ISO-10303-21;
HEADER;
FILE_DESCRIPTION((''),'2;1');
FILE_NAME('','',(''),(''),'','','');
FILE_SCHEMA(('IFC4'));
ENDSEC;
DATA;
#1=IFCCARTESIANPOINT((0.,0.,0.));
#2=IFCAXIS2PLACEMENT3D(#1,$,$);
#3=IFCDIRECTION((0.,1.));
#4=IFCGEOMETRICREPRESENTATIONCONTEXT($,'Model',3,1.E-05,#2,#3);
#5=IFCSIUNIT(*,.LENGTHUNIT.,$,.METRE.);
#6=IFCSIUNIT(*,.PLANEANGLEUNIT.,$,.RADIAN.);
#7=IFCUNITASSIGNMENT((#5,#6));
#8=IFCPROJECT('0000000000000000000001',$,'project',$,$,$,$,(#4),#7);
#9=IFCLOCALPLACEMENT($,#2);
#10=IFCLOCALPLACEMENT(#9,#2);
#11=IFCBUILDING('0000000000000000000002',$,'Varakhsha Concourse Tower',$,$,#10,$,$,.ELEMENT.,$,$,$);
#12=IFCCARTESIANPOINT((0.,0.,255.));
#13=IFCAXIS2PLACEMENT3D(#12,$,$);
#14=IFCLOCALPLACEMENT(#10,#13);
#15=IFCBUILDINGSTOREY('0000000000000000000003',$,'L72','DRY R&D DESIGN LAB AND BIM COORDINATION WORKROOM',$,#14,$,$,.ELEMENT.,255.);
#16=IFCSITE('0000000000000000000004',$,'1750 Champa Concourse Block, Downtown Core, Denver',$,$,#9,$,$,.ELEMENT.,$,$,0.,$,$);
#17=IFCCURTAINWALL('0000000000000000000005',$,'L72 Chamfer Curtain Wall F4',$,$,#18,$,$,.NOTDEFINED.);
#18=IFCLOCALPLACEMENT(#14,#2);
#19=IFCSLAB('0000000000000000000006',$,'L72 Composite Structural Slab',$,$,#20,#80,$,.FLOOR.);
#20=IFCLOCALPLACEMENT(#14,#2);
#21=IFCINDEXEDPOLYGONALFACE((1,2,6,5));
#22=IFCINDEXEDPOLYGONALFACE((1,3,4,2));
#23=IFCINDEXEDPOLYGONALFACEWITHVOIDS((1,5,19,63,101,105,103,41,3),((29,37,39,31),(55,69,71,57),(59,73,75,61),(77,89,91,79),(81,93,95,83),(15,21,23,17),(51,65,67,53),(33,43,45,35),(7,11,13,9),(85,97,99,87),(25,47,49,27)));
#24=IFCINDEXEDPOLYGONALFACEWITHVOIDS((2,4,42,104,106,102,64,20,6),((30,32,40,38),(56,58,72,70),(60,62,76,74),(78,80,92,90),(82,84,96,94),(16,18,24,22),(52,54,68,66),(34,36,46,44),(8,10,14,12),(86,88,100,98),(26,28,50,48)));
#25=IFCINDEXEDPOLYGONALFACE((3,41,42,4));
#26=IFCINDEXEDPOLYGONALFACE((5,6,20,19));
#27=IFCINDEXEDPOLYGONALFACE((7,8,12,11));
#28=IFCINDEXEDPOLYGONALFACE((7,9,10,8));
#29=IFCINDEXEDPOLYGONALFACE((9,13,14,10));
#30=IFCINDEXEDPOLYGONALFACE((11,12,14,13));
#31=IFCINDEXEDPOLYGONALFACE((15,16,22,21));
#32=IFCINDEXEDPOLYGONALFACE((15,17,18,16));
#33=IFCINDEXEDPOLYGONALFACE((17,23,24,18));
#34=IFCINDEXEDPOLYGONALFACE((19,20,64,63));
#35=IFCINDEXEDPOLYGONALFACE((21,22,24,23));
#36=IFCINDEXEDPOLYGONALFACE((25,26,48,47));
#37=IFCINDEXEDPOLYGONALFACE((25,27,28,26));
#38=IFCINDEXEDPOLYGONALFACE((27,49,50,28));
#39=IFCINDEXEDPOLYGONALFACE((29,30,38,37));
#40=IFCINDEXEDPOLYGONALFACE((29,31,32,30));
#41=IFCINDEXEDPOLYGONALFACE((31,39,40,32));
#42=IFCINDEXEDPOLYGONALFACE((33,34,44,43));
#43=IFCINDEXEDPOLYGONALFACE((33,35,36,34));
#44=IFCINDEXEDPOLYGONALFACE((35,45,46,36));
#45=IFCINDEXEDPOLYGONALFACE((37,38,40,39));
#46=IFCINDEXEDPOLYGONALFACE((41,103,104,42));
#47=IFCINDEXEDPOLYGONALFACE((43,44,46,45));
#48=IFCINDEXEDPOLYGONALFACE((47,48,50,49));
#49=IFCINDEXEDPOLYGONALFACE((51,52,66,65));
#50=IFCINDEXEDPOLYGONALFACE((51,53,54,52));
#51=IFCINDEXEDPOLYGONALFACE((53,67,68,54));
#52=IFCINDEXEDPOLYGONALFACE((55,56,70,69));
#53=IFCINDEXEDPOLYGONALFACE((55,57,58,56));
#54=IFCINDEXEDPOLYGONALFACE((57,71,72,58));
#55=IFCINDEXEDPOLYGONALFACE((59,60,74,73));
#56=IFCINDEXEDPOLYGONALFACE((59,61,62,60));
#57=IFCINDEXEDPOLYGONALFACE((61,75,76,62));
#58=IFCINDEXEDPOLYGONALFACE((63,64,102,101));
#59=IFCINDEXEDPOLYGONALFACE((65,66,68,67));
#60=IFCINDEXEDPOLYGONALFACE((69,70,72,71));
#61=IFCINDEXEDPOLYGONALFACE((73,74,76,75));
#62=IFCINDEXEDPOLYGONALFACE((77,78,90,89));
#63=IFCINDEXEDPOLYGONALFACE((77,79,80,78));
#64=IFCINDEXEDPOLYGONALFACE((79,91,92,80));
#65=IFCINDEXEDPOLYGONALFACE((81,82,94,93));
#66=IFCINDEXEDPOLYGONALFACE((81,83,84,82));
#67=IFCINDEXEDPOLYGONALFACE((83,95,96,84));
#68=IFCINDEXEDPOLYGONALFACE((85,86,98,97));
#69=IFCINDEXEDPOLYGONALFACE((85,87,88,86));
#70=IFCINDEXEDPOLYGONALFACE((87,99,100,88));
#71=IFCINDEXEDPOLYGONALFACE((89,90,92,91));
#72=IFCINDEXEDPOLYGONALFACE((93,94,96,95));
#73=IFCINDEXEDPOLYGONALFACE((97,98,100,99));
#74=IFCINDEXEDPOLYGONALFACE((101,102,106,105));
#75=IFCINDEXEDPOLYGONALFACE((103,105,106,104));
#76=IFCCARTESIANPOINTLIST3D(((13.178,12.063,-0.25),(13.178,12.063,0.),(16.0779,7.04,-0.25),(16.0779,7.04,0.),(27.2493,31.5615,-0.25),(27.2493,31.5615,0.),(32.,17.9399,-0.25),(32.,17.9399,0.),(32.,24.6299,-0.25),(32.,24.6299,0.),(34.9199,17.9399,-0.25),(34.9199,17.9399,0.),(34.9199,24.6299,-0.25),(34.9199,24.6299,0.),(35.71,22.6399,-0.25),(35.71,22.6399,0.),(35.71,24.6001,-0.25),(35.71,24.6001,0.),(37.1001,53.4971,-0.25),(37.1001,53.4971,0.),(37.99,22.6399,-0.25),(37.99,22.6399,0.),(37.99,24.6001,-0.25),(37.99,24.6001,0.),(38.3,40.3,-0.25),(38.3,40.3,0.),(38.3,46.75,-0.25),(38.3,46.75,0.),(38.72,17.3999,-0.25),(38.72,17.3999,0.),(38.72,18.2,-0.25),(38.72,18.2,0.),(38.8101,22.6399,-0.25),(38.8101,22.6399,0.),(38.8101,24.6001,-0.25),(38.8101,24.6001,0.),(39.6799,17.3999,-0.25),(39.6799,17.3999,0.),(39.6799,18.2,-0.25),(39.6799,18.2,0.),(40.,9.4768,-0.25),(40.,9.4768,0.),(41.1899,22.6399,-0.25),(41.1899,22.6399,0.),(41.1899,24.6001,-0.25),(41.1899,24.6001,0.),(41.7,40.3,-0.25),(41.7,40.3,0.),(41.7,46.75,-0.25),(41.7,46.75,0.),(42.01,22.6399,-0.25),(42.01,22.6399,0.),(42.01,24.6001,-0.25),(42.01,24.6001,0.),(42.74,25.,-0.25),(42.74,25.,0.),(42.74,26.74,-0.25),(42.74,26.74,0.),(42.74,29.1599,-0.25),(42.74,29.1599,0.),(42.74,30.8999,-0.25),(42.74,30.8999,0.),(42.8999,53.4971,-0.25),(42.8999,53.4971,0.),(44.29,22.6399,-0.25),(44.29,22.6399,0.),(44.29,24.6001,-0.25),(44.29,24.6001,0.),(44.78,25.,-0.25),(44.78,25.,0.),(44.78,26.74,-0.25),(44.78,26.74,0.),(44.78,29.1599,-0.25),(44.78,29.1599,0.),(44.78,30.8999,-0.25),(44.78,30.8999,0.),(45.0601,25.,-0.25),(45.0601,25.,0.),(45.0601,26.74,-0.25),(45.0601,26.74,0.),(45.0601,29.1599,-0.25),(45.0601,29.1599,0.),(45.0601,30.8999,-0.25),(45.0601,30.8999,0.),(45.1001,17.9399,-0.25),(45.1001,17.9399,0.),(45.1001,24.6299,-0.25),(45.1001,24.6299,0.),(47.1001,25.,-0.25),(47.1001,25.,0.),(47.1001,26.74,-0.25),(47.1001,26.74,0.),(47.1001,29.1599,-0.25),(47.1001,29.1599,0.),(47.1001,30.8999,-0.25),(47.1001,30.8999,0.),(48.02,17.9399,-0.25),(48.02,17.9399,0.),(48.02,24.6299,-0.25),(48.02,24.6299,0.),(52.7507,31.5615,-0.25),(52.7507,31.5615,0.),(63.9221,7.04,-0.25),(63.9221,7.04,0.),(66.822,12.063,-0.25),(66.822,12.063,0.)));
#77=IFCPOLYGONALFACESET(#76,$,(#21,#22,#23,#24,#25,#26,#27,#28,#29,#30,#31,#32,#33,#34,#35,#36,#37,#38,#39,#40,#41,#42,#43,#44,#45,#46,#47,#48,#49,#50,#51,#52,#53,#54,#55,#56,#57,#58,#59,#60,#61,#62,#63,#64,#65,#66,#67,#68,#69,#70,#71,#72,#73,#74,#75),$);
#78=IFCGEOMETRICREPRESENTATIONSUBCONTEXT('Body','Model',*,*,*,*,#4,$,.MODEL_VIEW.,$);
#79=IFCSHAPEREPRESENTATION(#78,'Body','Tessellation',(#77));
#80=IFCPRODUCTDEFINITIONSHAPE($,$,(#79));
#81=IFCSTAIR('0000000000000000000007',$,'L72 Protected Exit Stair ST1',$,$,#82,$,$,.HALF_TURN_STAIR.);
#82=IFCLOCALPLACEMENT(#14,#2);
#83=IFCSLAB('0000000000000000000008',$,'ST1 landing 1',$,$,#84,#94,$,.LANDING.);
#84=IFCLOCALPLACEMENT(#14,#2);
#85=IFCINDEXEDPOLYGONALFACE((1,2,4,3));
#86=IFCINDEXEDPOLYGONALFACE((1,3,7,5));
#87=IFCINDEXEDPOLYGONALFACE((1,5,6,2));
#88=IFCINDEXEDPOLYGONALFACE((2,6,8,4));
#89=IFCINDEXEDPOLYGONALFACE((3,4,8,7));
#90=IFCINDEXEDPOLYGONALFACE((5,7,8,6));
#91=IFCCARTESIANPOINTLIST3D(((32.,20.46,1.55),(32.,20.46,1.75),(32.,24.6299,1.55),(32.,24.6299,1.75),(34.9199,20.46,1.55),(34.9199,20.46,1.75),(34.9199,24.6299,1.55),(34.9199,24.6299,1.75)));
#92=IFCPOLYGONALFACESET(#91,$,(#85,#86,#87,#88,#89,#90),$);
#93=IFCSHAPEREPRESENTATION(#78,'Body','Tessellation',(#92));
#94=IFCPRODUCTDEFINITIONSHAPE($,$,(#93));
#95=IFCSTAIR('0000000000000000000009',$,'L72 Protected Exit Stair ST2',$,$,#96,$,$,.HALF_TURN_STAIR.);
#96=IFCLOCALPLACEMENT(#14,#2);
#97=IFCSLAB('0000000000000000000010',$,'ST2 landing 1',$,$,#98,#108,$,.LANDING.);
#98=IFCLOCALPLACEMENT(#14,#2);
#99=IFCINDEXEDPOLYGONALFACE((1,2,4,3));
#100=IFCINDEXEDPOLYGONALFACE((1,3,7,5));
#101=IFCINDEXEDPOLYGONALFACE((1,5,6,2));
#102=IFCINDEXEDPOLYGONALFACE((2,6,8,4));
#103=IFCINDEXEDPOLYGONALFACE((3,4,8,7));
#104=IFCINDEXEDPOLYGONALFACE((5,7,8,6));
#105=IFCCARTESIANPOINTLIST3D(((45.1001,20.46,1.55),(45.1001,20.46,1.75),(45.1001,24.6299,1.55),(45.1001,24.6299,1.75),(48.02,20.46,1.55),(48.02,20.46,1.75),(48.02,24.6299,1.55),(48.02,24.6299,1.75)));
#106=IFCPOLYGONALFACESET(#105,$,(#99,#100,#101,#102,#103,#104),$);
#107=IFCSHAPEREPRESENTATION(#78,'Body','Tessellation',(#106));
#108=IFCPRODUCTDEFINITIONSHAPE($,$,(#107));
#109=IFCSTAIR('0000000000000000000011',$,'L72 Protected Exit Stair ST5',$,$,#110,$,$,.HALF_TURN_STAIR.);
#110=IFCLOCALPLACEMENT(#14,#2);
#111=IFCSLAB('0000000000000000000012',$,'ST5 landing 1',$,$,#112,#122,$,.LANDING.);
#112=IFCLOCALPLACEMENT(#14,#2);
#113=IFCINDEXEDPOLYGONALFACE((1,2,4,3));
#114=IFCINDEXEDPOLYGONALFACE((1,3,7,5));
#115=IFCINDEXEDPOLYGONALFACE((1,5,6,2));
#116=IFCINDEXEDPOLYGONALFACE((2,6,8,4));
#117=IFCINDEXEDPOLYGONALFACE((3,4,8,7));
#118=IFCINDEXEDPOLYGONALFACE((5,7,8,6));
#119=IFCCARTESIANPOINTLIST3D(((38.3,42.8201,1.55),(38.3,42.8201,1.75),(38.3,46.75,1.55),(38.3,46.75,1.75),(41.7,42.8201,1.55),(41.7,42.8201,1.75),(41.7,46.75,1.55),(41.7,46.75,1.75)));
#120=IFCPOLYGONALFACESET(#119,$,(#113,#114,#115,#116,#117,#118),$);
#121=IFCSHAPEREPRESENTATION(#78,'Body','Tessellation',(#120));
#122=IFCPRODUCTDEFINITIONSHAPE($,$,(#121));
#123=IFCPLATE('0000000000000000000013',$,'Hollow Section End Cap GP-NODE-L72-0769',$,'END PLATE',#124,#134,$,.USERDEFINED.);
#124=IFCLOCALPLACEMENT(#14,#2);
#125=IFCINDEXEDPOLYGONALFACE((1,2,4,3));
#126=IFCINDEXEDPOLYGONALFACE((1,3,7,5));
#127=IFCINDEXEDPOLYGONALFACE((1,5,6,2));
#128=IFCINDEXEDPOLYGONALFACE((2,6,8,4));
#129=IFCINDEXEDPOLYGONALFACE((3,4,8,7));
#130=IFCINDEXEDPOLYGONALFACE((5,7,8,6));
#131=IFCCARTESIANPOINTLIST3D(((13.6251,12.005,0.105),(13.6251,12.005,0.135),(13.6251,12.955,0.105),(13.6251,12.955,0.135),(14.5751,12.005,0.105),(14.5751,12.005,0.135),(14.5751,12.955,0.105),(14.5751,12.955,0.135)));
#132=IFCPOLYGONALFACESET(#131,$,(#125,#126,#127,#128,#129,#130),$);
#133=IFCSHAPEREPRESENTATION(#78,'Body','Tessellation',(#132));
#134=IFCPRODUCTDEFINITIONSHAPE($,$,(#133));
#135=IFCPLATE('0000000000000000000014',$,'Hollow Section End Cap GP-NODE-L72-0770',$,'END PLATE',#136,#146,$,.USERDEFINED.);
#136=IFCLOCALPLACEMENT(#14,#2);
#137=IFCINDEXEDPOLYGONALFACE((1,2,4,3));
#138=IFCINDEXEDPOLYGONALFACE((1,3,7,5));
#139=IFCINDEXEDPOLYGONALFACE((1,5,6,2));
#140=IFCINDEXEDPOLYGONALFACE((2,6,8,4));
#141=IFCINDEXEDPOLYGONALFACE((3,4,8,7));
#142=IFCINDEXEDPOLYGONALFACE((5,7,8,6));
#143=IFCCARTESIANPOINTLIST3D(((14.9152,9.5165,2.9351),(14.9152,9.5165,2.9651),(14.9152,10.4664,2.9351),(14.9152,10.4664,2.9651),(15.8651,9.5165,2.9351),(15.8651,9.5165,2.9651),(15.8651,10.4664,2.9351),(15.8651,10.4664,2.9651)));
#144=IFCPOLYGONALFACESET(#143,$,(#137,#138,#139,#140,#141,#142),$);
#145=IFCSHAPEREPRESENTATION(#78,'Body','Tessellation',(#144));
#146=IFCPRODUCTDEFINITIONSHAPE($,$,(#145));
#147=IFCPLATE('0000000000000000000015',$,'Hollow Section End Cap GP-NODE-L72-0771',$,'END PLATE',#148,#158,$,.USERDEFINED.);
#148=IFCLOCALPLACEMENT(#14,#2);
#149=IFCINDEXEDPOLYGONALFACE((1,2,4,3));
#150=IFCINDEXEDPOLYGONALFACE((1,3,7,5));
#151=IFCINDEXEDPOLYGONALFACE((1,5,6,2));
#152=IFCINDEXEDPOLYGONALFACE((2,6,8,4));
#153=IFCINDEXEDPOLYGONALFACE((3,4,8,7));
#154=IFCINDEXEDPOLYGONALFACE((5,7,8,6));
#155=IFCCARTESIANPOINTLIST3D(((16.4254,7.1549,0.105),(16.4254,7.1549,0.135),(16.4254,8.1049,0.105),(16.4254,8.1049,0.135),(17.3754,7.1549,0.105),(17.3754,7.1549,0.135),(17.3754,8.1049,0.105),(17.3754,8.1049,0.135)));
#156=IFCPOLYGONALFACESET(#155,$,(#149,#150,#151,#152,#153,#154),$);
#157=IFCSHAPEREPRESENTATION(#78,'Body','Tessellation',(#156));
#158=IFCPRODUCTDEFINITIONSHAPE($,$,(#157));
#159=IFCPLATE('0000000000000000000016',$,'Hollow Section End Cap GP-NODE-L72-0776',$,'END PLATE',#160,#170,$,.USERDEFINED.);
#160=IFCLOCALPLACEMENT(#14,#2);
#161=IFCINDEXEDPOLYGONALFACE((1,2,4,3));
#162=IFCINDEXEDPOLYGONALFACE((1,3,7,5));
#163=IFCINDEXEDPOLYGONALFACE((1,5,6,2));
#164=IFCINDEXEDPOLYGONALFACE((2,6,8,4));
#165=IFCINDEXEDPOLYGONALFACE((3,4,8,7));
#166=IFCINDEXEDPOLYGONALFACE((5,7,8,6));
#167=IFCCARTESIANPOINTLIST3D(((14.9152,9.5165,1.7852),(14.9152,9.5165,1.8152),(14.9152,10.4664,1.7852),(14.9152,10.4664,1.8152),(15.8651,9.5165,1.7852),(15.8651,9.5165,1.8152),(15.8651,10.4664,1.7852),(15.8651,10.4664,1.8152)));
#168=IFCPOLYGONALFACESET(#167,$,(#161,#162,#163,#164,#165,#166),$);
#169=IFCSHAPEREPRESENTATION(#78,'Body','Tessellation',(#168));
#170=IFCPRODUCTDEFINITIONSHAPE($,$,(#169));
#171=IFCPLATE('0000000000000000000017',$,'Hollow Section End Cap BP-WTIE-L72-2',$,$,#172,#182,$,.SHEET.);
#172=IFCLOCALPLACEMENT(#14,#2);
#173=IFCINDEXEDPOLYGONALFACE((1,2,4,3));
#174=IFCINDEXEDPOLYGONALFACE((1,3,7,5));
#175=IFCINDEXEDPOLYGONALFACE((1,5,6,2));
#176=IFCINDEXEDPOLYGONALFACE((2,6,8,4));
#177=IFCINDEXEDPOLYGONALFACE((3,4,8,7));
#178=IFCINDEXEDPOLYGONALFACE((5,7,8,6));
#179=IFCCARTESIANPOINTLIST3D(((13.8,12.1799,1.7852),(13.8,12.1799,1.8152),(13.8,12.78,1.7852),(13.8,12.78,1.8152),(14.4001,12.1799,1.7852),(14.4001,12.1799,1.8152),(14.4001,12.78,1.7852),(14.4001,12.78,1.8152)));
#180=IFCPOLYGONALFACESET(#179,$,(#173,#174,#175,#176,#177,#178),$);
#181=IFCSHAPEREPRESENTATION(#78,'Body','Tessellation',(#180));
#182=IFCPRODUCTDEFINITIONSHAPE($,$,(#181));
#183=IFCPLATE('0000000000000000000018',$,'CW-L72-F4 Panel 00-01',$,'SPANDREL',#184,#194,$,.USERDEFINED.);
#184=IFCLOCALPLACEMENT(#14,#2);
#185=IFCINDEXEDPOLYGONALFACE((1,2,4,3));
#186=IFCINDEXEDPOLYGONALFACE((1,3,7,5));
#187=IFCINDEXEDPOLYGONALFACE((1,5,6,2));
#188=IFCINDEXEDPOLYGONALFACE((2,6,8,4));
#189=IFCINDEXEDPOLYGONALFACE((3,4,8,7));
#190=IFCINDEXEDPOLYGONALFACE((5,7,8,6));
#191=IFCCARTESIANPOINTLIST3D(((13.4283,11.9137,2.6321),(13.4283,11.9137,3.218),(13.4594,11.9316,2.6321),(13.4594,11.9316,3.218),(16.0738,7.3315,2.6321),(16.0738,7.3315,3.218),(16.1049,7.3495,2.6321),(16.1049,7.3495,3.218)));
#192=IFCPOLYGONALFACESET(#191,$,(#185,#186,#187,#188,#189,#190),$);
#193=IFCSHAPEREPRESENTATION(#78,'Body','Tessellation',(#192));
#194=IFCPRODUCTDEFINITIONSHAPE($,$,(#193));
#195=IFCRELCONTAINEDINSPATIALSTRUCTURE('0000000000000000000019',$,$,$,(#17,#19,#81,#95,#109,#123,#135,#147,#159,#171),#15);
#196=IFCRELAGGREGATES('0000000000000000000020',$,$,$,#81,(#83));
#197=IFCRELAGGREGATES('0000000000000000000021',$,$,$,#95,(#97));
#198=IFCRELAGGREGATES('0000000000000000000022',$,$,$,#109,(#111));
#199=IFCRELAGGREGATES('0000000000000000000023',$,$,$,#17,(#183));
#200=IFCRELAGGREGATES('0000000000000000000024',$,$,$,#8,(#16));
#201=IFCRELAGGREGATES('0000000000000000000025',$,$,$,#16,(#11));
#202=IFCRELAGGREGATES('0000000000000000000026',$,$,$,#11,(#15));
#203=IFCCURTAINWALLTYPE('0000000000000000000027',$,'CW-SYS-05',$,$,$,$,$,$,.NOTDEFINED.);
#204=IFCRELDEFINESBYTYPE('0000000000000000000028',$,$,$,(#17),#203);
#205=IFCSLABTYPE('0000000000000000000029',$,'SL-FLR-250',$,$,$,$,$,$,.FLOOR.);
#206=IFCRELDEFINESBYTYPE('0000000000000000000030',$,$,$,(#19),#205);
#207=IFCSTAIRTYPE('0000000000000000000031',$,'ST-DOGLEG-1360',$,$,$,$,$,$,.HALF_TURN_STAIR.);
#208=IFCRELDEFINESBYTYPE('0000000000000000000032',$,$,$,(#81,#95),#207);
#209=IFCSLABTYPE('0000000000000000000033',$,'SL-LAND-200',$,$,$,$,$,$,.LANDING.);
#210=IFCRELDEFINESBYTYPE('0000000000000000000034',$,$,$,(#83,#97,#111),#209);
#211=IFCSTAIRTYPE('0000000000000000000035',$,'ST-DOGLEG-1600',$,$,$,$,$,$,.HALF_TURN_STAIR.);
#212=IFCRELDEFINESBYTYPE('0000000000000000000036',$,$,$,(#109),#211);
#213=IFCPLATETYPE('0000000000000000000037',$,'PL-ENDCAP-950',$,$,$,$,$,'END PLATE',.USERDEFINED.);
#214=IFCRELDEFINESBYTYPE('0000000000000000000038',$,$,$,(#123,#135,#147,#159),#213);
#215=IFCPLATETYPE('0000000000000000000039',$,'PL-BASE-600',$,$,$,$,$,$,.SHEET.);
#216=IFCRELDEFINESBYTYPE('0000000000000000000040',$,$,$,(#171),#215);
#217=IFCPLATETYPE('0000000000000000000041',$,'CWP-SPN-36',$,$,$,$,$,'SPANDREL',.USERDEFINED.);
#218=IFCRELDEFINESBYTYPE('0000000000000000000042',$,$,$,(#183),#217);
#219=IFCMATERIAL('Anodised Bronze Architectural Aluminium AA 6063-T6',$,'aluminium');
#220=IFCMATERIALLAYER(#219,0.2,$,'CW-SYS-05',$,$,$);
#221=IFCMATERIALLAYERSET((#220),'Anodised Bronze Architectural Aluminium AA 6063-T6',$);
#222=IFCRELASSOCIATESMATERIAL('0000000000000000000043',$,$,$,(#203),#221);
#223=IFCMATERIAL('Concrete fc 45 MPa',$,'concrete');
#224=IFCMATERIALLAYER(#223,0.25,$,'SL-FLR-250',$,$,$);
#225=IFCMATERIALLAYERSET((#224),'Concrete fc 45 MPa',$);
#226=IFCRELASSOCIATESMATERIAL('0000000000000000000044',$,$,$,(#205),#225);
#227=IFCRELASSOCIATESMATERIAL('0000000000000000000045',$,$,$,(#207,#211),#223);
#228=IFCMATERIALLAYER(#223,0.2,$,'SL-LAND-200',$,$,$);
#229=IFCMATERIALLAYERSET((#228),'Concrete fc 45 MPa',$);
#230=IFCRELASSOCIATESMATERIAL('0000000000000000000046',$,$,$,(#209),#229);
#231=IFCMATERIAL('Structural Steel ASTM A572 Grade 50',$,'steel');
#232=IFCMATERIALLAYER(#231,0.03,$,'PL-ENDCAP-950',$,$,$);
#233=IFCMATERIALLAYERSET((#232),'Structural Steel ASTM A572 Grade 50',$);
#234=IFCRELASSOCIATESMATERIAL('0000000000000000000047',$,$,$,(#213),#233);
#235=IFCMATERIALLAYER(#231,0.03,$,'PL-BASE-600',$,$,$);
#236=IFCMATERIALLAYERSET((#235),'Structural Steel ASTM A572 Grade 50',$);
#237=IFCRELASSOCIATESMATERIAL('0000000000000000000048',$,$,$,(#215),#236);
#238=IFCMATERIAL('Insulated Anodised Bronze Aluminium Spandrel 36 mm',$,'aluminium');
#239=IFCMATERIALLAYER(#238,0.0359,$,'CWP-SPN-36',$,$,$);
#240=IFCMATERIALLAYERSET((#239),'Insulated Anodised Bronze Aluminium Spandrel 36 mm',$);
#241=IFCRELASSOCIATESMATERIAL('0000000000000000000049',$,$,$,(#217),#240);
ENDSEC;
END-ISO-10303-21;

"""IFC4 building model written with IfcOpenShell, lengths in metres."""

from ifc_helpers import new_model, si_unit, direction, frame, origin, origin_2d, place, context, subcontext, project, spatial, polyline, rectangle, outline, extrude, source, transform, mapped, material, layer, layer_set, type_object, type_shapes, element, aggregate, save


model = new_model("IFC4")

# Units and contexts
model_context = context("Model", 3, precision=1e-05, world=origin(), true_north=direction((0.0, 1.0)))
body_context = subcontext(model_context, "Body", "Model", "MODEL_VIEW")
ifc_project = project(units=[si_unit("LENGTHUNIT", "METRE"), si_unit("PLANEANGLEUNIT", "RADIAN")], contexts=[model_context])

# Site, building, storey
site_placement = place(None, origin())
site = spatial("IfcSite", under=ifc_project, at=site_placement, Name="1750 Champa Concourse Block, Downtown Core, Denver", CompositionType="ELEMENT", RefElevation=0.0)
building_placement = place(site_placement, origin())
building = spatial("IfcBuilding", under=site, at=building_placement, Name="Varakhsha Concourse Tower", CompositionType="ELEMENT")
storey_placement = place(building_placement, frame((0.0, 0.0, 255.0)))
storey = spatial("IfcBuildingStorey", under=building, at=storey_placement, Name="L72", Description="DRY R&D DESIGN LAB AND BIM COORDINATION WORKROOM", CompositionType="ELEMENT", Elevation=255.0)

# Shared definitions
ifc_material_1 = material(Name="Structural Steel ASTM A572 Grade 50", Category="steel")

# Shared definitions
ifc_material_2 = material(Name="Anodised Bronze Architectural Aluminium AA 6063-T6", Category="aluminium")
ifc_layer_1 = layer(ifc_material_2, 0.2, Name="CW-SYS-05")
ifc_layer_set_1 = layer_set([ifc_layer_1], Name="Anodised Bronze Architectural Aluminium AA 6063-T6")
curtain_wall_type = type_object("IfcCurtainWallType", Name="CW-SYS-05", PredefinedType="NOTDEFINED", material=ifc_layer_set_1)

# Curtain wall
curtain_wall_1_placement = place(storey_placement, origin())
curtain_wall_1 = element("IfcCurtainWall", 1, at=curtain_wall_1_placement, inside=storey, type_object=curtain_wall_type, Name="L72 Chamfer Curtain Wall F4", PredefinedType="NOTDEFINED")

# Slab
ifc_material_3 = material(Name="Concrete fc 45 MPa", Category="concrete")
ifc_layer_2 = layer(ifc_material_3, 0.25, Name="SL-FLR-250")
ifc_layer_set_2 = layer_set([ifc_layer_2], Name="Concrete fc 45 MPa")
slab_type_1 = type_object("IfcSlabType", Name="SL-FLR-250", PredefinedType="FLOOR", material=ifc_layer_set_2)
slab_1_placement = place(storey_placement, frame((0.0, 0.0, -0.25)))
element("IfcSlab", 2, at=slab_1_placement, inside=storey, type_object=slab_type_1, Name="L72 Composite Structural Slab", PredefinedType="FLOOR", context=body_context, shape_type="SweptSolid", body=[
    extrude(outline(polyline([(42.8999, 53.4971), (37.1001, 53.4971), (27.2493, 31.5615), (13.178, 12.063), (16.0779, 7.04), (40.0, 9.4768), (63.9221, 7.04), (66.822, 12.063), (52.7507, 31.5615), (42.8999, 53.4971)]), holes=[polyline([(34.9199, 17.9399), (34.9199, 24.6299), (32.0, 24.6299), (32.0, 17.9399), (34.9199, 17.9399)]), polyline([(48.02, 17.9399), (48.02, 24.6299), (45.1001, 24.6299), (45.1001, 17.9399), (48.02, 17.9399)]), polyline([(41.7, 40.3), (41.7, 46.75), (38.3, 46.75), (38.3, 40.3), (41.7, 40.3)]), polyline([(42.74, 29.1599), (44.78, 29.1599), (44.78, 30.8999), (42.74, 30.8999), (42.74, 29.1599)]), polyline([(45.0601, 29.1599), (47.1001, 29.1599), (47.1001, 30.8999), (45.0601, 30.8999), (45.0601, 29.1599)]), polyline([(42.74, 25.0), (44.78, 25.0), (44.78, 26.74), (42.74, 26.74), (42.74, 25.0)]), polyline([(45.0601, 25.0), (47.1001, 25.0), (47.1001, 26.74), (45.0601, 26.74), (45.0601, 25.0)]), polyline([(35.71, 22.6399), (37.99, 22.6399), (37.99, 24.6001), (35.71, 24.6001), (35.71, 22.6399)]), polyline([(42.01, 22.6399), (44.29, 22.6399), (44.29, 24.6001), (42.01, 24.6001), (42.01, 22.6399)]), polyline([(38.8101, 22.6399), (41.1899, 22.6399), (41.1899, 24.6001), (38.8101, 24.6001), (38.8101, 22.6399)]), polyline([(38.72, 17.3999), (39.6799, 17.3999), (39.6799, 18.2), (38.72, 18.2), (38.72, 17.3999)])]), origin(), (0.0, 0.0, 1.0), 0.25),
])

# Stairs, slabs
stair_type_1 = type_object("IfcStairType", Name="ST-DOGLEG-1360", PredefinedType="HALF_TURN_STAIR", material=ifc_material_3)
stair_1_placement = place(storey_placement, origin())
stair_1 = element("IfcStair", 3, at=stair_1_placement, inside=storey, type_object=stair_type_1, Name="L72 Protected Exit Stair ST1", PredefinedType="HALF_TURN_STAIR")
ifc_layer_3 = layer(ifc_material_3, 0.2, Name="SL-LAND-200")
ifc_layer_set_3 = layer_set([ifc_layer_3], Name="Concrete fc 45 MPa")
slab_type_2 = type_object("IfcSlabType", Name="SL-LAND-200", PredefinedType="LANDING", material=ifc_layer_set_3)
slab_2_placement = place(storey_placement, frame((0.0, 0.0, 1.55)))
slab_2 = element("IfcSlab", 4, at=slab_2_placement, type_object=slab_type_2, Name="ST1 landing 1", PredefinedType="LANDING", context=body_context, shape_type="SweptSolid", body=[
    extrude(outline(polyline([(34.9199, 20.46), (34.9199, 24.6299), (32.0, 24.6299), (32.0, 20.46), (34.9199, 20.46)])), origin(), (0.0, 0.0, 1.0), 0.2),
])
aggregate(stair_1, [slab_2])
stair_2_placement = place(storey_placement, origin())
stair_2 = element("IfcStair", 5, at=stair_2_placement, inside=storey, type_object=stair_type_1, Name="L72 Protected Exit Stair ST2", PredefinedType="HALF_TURN_STAIR")
slab_3_placement = place(storey_placement, frame((0.0, 0.0, 1.55)))
slab_3 = element("IfcSlab", 6, at=slab_3_placement, type_object=slab_type_2, Name="ST2 landing 1", PredefinedType="LANDING", context=body_context, shape_type="SweptSolid", body=[
    extrude(outline(polyline([(48.02, 20.46), (48.02, 24.6299), (45.1001, 24.6299), (45.1001, 20.46), (48.02, 20.46)])), origin(), (0.0, 0.0, 1.0), 0.2),
])
aggregate(stair_2, [slab_3])
stair_type_2 = type_object("IfcStairType", Name="ST-DOGLEG-1600", PredefinedType="HALF_TURN_STAIR", material=ifc_material_3)
stair_3_placement = place(storey_placement, origin())
stair_3 = element("IfcStair", 7, at=stair_3_placement, inside=storey, type_object=stair_type_2, Name="L72 Protected Exit Stair ST5", PredefinedType="HALF_TURN_STAIR")
slab_4_placement = place(storey_placement, frame((0.0, 0.0, 1.55)))
slab_4 = element("IfcSlab", 8, at=slab_4_placement, type_object=slab_type_2, Name="ST5 landing 1", PredefinedType="LANDING", context=body_context, shape_type="SweptSolid", body=[
    extrude(outline(polyline([(41.7, 42.8201), (41.7, 46.75), (38.3, 46.75), (38.3, 42.8201), (41.7, 42.8201)])), origin(), (0.0, 0.0, 1.0), 0.2),
])
aggregate(stair_3, [slab_4])

# Plates
ifc_layer_4 = layer(ifc_material_1, 0.03, Name="PL-ENDCAP-950")
ifc_layer_set_4 = layer_set([ifc_layer_4], Name="Structural Steel ASTM A572 Grade 50")
plate_type_1 = type_object("IfcPlateType", Name="PL-ENDCAP-950", ElementType="END PLATE", PredefinedType="USERDEFINED", material=ifc_layer_set_4)
shared_shape_1 = source(origin(), body_context, "Body", "SweptSolid", [
    extrude(rectangle(XDim=0.95, YDim=0.95, at=origin_2d()), origin(), (0.0, 0.0, 1.0), 0.03),
])
type_shapes(plate_type_1, [shared_shape_1])
for number, where, z_axis, x_axis, name in (
    (9, (14.1001, 12.48, 0.105), (0.0, 0.0, 1.0), (1.0, 0.0, 0.0), "Hollow Section End Cap GP-NODE-L72-0769"),
    (10, (15.3901, 9.9915, 2.9351), (0.0, 0.0, 1.0), (1.0, 0.0, 0.0), "Hollow Section End Cap GP-NODE-L72-0770"),
    (11, (16.9004, 7.6299, 0.105), (0.0, 0.0, 1.0), (1.0, 0.0, 0.0), "Hollow Section End Cap GP-NODE-L72-0771"),
    (12, (15.3901, 9.9915, 1.7852), (0.0, 0.0, 1.0), (1.0, 0.0, 0.0), "Hollow Section End Cap GP-NODE-L72-0776"),
):
    element("IfcPlate", number, at=place(storey_placement, frame(where, z_axis=z_axis, x_axis=x_axis)), inside=storey, type_object=plate_type_1, Name=name, ObjectType="END PLATE", PredefinedType="USERDEFINED", context=body_context, shape_type="MappedRepresentation", body=[
        mapped(shared_shape_1, transform((0.0, 0.0, 0.0), scale=1.0)),
    ])
ifc_layer_5 = layer(ifc_material_1, 0.03, Name="PL-BASE-600")
ifc_layer_set_5 = layer_set([ifc_layer_5], Name="Structural Steel ASTM A572 Grade 50")
plate_type_2 = type_object("IfcPlateType", Name="PL-BASE-600", PredefinedType="SHEET", material=ifc_layer_set_5)
shared_shape_2 = source(origin(), body_context, "Body", "SweptSolid", [
    extrude(rectangle(XDim=0.6001, YDim=0.6001, at=origin_2d()), origin(), (0.0, 0.0, 1.0), 0.03),
])
type_shapes(plate_type_2, [shared_shape_2])
plate_1_placement = place(storey_placement, frame((14.1001, 12.48, 1.7852), z_axis=(0.0, 0.0, 1.0), x_axis=(1.0, 0.0, 0.0)))
element("IfcPlate", 13, at=plate_1_placement, inside=storey, type_object=plate_type_2, Name="Hollow Section End Cap BP-WTIE-L72-2", PredefinedType="SHEET", context=body_context, shape_type="MappedRepresentation", body=[
    mapped(shared_shape_2, transform((0.0, 0.0, 0.0), scale=1.0)),
])

# Plate
ifc_material_4 = material(Name="Insulated Anodised Bronze Aluminium Spandrel 36 mm", Category="aluminium")
ifc_layer_6 = layer(ifc_material_4, 0.0359, Name="CWP-SPN-36")
ifc_layer_set_6 = layer_set([ifc_layer_6], Name="Insulated Anodised Bronze Aluminium Spandrel 36 mm")
plate_type_3 = type_object("IfcPlateType", Name="CWP-SPN-36", ElementType="SPANDREL", PredefinedType="USERDEFINED", material=ifc_layer_set_6)
shared_shape_3 = source(origin(), body_context, "Body", "SweptSolid", [
    extrude(rectangle(XDim=5.291, YDim=0.0359, at=origin_2d()), origin(), (0.0, 0.0, 1.0), 0.5859),
])
plate_2_placement = place(storey_placement, frame((14.7666, 9.6316, 2.6321), z_axis=(0.0, 0.0, 1.0), x_axis=(-0.5, 0.866025, 0.0)))
plate_2 = element("IfcPlate", 14, at=plate_2_placement, type_object=plate_type_3, Name="CW-L72-F4 Panel 00-01", ObjectType="SPANDREL", PredefinedType="USERDEFINED", context=body_context, shape_type="MappedRepresentation", body=[
    mapped(shared_shape_3, transform((0.0, 0.0, 0.0), scale=1.0)),
])
aggregate(curtain_wall_1, [plate_2])

save(model, "model.ifc")
